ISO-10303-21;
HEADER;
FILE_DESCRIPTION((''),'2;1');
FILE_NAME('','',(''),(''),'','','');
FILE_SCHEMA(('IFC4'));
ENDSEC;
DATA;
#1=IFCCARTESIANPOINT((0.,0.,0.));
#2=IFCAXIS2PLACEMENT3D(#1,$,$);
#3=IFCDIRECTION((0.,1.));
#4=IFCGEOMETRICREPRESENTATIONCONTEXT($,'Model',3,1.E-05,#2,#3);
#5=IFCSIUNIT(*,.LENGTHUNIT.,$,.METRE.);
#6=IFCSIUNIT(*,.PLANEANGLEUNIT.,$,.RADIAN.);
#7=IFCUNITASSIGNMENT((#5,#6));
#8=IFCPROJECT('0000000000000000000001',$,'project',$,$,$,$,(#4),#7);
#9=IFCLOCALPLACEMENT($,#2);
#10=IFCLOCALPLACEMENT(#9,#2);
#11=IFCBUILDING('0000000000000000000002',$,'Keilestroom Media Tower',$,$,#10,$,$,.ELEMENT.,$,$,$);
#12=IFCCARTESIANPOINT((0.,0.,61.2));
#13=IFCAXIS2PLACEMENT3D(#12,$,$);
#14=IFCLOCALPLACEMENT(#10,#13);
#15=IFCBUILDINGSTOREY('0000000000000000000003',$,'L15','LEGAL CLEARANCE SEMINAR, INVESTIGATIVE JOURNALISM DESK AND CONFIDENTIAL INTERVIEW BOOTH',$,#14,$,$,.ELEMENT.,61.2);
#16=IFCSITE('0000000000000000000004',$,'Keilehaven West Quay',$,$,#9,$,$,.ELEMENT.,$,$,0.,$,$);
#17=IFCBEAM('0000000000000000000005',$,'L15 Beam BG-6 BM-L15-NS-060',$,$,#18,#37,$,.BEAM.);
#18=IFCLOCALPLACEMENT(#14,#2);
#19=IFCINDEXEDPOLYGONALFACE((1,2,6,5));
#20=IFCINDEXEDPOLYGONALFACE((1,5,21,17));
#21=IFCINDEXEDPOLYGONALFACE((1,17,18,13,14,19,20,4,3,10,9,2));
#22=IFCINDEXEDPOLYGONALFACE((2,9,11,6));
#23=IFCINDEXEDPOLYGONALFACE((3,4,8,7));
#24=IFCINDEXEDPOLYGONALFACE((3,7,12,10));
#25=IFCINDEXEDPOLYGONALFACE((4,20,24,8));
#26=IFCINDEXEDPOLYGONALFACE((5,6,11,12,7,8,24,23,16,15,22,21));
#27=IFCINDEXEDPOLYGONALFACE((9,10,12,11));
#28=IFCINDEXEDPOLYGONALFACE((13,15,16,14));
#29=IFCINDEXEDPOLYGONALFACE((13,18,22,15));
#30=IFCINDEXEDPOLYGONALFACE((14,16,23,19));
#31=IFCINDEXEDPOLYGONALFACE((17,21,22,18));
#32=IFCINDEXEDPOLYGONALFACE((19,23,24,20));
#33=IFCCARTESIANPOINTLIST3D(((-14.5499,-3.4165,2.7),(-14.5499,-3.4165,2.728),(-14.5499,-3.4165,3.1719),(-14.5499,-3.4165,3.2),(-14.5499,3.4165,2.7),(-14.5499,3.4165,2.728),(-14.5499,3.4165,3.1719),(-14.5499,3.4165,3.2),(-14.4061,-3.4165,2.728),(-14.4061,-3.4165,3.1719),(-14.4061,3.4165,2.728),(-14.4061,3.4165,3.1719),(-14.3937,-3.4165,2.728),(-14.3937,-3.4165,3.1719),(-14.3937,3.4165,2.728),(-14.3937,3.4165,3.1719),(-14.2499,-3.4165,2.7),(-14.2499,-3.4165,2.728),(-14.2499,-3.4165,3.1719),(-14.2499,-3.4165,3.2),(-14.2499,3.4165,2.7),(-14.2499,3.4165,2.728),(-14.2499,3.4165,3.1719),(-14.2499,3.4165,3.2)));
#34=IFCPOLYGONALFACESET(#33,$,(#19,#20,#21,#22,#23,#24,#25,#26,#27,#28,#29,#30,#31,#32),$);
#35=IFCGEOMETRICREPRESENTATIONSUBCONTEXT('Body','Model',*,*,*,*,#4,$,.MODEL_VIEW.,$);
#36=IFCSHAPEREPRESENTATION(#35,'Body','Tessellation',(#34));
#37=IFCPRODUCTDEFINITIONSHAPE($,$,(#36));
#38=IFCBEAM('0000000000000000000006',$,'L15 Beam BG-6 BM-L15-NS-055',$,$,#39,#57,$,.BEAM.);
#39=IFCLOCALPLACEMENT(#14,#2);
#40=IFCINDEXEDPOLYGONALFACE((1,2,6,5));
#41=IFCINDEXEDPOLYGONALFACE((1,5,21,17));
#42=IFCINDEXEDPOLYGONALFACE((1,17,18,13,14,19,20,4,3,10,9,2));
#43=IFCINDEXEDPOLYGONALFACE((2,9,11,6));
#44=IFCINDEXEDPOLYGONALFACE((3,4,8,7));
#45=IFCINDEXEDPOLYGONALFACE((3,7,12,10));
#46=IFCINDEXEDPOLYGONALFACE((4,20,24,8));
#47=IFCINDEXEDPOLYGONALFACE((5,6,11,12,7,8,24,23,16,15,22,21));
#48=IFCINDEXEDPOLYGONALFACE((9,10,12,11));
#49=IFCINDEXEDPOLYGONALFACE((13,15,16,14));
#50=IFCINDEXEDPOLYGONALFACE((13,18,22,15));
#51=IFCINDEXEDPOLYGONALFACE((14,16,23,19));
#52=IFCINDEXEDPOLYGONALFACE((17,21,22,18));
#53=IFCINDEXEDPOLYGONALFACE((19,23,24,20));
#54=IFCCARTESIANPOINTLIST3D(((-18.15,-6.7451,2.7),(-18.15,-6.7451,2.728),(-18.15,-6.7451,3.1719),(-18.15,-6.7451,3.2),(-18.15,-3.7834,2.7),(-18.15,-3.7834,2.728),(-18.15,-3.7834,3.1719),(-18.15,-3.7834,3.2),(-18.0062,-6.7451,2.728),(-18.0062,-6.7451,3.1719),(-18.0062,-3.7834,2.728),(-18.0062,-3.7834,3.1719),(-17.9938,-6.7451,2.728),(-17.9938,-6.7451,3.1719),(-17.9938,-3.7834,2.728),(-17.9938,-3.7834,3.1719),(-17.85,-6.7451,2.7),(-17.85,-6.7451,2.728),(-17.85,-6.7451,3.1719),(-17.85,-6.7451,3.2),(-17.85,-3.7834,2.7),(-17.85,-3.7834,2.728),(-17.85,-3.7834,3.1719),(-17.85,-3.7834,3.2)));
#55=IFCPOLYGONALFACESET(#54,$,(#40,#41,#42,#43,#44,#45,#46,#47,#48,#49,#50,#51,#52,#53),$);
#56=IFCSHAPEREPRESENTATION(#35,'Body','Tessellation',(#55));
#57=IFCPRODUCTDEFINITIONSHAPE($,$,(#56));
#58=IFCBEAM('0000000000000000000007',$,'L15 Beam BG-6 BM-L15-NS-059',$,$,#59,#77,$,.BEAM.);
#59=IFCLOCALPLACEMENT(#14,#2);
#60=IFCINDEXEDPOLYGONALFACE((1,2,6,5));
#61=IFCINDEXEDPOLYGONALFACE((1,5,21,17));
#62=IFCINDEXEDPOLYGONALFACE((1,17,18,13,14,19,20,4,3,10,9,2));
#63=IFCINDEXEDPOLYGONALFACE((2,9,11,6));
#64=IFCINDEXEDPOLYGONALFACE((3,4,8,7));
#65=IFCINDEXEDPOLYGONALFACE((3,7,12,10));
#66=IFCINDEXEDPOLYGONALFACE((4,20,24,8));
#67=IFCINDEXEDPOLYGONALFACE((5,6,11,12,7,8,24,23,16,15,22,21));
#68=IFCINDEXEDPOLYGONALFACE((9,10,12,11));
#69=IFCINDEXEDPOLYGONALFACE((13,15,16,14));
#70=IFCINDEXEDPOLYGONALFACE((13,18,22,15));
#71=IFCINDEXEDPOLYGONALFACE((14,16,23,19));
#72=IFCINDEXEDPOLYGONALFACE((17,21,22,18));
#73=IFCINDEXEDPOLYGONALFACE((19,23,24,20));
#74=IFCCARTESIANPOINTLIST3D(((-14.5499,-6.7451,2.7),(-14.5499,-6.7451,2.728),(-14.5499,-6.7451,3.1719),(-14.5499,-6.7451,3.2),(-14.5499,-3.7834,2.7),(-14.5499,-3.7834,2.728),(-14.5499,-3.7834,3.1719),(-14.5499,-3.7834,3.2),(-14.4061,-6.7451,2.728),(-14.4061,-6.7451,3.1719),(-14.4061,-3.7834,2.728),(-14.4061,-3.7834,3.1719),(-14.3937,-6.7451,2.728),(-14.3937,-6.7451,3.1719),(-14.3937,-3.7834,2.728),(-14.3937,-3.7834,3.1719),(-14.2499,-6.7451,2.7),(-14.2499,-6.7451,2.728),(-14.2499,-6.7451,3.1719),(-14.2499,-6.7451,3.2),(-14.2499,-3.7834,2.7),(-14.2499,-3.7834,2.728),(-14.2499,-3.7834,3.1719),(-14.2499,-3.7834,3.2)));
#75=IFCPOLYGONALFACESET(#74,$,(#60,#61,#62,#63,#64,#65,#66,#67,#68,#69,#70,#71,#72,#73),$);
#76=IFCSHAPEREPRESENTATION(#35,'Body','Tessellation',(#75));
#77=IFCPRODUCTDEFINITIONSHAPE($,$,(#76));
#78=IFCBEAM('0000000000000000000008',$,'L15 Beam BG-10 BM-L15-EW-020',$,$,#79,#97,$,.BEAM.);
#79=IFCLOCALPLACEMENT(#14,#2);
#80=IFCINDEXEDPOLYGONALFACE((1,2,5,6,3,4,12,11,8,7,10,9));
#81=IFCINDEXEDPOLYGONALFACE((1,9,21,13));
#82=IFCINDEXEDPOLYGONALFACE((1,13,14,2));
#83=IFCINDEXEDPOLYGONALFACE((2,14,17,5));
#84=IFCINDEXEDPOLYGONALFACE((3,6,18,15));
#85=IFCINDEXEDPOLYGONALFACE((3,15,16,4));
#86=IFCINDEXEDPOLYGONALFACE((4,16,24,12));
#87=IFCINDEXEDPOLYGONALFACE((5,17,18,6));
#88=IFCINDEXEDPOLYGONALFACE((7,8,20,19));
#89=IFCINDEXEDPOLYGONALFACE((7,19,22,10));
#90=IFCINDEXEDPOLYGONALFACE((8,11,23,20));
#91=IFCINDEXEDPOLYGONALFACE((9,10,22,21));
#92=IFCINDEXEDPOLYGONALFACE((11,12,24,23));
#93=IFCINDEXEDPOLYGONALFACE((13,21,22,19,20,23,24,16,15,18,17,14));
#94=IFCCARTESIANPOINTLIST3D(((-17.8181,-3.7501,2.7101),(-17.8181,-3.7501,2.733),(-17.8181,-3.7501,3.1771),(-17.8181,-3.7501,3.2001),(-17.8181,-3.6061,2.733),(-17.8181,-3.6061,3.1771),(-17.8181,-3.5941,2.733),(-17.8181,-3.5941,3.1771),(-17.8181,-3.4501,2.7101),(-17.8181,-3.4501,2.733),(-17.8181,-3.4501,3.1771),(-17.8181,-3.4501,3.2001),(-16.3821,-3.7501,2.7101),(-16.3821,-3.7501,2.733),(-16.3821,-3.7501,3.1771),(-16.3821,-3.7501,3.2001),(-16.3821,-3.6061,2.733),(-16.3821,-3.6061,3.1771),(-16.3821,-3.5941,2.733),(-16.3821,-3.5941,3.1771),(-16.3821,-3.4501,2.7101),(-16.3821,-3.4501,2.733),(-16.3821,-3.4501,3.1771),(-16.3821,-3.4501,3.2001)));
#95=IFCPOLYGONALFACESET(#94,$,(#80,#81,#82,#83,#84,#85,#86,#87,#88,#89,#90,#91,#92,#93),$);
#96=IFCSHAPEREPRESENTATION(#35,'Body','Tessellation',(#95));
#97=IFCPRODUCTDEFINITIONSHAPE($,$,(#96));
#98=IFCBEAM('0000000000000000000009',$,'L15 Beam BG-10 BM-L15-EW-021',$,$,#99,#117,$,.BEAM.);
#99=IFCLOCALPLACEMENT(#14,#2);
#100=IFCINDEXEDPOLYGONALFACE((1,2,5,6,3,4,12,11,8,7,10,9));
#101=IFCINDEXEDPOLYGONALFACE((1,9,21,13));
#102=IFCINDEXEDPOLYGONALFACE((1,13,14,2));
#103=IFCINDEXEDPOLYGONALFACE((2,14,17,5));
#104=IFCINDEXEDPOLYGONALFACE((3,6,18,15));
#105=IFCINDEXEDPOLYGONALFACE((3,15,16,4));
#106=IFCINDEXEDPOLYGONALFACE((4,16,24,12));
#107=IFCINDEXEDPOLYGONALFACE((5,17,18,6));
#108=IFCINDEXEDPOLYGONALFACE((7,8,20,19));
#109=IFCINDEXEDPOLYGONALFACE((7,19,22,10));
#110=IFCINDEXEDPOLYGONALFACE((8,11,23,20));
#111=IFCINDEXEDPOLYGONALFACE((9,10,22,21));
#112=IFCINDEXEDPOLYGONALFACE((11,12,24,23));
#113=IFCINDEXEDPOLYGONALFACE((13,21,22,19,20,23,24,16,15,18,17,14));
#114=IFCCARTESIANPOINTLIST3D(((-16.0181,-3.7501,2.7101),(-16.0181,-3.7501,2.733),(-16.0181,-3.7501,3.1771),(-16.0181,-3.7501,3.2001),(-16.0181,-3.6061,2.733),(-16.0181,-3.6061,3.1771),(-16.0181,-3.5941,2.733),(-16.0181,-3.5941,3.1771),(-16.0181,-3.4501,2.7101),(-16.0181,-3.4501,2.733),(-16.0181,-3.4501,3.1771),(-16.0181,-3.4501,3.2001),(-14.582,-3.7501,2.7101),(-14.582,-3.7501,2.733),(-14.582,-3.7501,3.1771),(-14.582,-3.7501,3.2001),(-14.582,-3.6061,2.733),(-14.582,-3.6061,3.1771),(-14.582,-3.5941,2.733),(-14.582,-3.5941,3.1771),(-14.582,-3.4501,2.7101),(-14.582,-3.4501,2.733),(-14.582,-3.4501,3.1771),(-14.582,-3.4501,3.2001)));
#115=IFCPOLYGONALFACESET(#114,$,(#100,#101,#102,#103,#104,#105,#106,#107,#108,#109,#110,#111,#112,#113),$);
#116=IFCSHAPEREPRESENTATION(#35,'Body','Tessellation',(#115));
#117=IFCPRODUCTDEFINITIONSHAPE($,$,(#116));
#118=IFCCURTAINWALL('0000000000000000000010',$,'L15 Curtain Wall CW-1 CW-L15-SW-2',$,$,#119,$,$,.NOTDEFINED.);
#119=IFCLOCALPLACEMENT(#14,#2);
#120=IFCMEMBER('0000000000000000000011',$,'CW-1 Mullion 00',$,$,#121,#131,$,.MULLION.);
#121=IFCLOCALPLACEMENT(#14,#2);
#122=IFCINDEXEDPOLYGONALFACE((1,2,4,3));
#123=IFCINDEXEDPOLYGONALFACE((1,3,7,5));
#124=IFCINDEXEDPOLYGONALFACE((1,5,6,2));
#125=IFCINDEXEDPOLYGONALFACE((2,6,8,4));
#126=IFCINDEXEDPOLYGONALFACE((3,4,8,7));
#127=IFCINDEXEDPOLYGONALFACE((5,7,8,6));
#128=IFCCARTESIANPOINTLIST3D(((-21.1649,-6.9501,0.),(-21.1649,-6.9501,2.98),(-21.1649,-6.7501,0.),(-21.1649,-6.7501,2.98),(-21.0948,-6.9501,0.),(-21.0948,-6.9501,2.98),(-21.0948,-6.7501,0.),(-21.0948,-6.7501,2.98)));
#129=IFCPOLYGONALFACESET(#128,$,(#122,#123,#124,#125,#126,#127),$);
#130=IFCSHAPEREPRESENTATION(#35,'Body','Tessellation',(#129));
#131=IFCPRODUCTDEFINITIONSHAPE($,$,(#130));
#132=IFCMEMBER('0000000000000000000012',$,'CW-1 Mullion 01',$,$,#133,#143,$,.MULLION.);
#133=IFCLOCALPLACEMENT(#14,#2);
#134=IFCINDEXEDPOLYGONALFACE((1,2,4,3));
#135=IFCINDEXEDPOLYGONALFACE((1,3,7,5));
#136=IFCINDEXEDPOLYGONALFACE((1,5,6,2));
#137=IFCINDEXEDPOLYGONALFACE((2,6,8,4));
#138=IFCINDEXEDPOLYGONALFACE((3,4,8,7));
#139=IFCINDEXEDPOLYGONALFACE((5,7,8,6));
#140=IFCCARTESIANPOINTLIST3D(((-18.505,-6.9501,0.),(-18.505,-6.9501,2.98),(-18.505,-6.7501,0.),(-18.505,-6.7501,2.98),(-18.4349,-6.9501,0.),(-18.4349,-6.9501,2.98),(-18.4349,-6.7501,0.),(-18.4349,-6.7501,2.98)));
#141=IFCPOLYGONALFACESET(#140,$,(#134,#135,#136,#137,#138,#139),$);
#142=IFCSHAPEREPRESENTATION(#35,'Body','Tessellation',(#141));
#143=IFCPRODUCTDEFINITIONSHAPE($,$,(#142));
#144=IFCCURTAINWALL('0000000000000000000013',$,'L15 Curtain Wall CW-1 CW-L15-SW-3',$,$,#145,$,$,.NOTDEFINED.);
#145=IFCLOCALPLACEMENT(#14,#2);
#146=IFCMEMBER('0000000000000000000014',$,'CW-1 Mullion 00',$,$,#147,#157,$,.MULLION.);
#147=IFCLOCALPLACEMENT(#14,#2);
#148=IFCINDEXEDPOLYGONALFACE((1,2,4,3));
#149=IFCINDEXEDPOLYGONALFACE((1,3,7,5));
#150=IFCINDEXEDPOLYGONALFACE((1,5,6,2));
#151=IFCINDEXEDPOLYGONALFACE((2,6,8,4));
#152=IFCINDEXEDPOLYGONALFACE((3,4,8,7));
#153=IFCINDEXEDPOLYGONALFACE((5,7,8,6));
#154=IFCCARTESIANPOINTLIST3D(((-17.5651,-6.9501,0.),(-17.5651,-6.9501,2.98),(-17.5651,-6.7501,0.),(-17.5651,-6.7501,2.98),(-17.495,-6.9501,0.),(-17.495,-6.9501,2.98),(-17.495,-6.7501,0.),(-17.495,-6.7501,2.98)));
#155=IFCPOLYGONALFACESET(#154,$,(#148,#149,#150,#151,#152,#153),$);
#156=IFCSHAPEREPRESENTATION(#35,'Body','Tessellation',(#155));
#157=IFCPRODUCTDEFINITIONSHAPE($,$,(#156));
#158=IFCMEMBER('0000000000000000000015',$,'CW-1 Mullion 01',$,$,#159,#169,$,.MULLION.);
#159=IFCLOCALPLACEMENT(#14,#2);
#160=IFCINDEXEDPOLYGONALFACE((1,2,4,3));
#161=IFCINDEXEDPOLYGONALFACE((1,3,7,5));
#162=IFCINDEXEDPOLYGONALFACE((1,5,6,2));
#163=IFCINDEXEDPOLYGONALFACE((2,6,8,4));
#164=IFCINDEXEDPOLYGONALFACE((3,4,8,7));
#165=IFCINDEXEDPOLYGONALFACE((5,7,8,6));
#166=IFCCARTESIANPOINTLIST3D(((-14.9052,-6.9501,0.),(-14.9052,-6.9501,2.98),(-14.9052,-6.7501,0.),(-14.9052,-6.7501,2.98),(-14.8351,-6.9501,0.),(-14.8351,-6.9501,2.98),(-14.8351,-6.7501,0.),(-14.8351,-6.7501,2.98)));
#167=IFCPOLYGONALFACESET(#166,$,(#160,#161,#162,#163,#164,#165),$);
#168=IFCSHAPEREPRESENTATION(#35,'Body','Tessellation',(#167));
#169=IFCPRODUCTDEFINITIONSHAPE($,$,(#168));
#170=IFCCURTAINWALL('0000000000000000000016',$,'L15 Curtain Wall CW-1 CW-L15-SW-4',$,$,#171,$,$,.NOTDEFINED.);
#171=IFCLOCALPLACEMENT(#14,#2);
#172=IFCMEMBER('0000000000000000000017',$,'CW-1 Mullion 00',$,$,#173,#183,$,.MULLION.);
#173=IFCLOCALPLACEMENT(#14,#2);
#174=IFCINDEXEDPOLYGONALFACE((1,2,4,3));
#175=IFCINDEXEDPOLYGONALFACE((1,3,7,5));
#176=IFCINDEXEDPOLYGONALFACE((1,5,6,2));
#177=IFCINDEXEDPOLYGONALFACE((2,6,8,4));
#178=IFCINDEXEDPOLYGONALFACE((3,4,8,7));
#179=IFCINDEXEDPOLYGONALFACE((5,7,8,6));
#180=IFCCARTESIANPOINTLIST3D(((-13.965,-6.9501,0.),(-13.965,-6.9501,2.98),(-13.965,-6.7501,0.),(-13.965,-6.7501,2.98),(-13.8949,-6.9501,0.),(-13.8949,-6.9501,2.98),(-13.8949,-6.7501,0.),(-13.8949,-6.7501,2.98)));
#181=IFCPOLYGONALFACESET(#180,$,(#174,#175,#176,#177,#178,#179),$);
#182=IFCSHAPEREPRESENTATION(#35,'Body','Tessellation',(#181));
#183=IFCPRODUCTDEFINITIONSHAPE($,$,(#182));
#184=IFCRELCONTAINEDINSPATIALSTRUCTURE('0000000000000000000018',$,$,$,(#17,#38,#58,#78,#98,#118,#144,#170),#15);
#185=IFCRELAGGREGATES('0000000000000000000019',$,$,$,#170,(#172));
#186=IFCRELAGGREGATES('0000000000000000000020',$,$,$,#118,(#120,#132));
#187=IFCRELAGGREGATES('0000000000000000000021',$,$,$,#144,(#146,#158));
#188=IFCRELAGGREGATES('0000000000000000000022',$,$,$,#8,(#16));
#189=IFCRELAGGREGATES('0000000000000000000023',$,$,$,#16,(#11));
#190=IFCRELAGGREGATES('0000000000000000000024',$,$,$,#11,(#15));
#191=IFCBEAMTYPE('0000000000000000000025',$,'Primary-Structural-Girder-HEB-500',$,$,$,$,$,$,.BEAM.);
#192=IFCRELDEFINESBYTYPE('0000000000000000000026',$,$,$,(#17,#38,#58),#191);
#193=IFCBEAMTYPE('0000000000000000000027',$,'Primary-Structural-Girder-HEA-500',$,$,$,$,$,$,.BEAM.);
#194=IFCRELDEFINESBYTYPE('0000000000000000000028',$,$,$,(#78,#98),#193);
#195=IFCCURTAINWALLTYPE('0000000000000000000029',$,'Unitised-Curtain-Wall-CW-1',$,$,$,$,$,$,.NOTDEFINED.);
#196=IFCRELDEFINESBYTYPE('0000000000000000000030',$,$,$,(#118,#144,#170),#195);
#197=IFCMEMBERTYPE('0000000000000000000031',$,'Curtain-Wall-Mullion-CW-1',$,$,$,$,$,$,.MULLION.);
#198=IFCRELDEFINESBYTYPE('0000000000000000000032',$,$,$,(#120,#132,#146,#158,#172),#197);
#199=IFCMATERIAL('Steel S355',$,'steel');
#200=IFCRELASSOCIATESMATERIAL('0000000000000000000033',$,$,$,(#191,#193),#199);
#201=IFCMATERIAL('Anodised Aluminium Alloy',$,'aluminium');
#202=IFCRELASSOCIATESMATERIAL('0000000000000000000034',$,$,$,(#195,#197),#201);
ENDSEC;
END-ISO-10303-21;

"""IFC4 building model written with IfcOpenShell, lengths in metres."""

from ifc_helpers import new_model, si_unit, direction, frame, origin, origin_2d, place, context, subcontext, project, spatial, rectangle, i_section, extrude, source, transform, mapped, material, material_profile, profile_set, type_object, element, aggregate, save


model = new_model("IFC4")

# Units and contexts
model_context = context("Model", 3, precision=1e-05, world=origin(), true_north=direction((0.0, 1.0)))
body_context = subcontext(model_context, "Body", "Model", "MODEL_VIEW")
ifc_project = project(units=[si_unit("LENGTHUNIT", "METRE"), si_unit("PLANEANGLEUNIT", "RADIAN")], contexts=[model_context])

# Site, building, storey
site_placement = place(None, origin())
site = spatial("IfcSite", under=ifc_project, at=site_placement, Name="Keilehaven West Quay", CompositionType="ELEMENT", RefElevation=0.0)
building_placement = place(site_placement, origin())
building = spatial("IfcBuilding", under=site, at=building_placement, Name="Keilestroom Media Tower", CompositionType="ELEMENT")
storey_placement = place(building_placement, frame((0.0, 0.0, 61.2)))
storey = spatial("IfcBuildingStorey", under=building, at=storey_placement, Name="L15", Description="LEGAL CLEARANCE SEMINAR, INVESTIGATIVE JOURNALISM DESK AND CONFIDENTIAL INTERVIEW BOOTH", CompositionType="ELEMENT", Elevation=61.2)

# Beams
ifc_material_1 = material(Name="Steel S355", Category="steel")
ifc_material_profile_1 = material_profile(ifc_material_1, i_section(OverallWidth=0.3, OverallDepth=0.5, WebThickness=0.0125, FlangeThickness=0.0281, at=origin_2d()), Name="HEB 500")
ifc_profile_set_1 = profile_set([ifc_material_profile_1], Name="Steel S355")
beam_type_1 = type_object("IfcBeamType", Name="Primary-Structural-Girder-HEB-500", PredefinedType="BEAM", material=ifc_profile_set_1)
shared_shape_1 = source(origin(), body_context, "Body", "SweptSolid", [
    extrude(i_section(OverallWidth=0.3, OverallDepth=0.5, WebThickness=0.0125, FlangeThickness=0.0281, at=origin_2d()), origin(), (0.0, 0.0, 1.0), 6.833),
])
for number, where, z_axis, x_axis, name in (
    (1, (-14.3999, -3.4165, 2.95), (0.0, 1.0, 0.0), (-1.0, 0.0, 0.0), "L15 Beam BG-6 BM-L15-NS-060"),
):
    element("IfcBeam", number, at=place(storey_placement, frame(where, z_axis=z_axis, x_axis=x_axis)), inside=storey, type_object=beam_type_1, Name=name, PredefinedType="BEAM", context=body_context, shape_type="MappedRepresentation", body=[
        mapped(shared_shape_1, transform((0.0, 0.0, 0.0), x_axis=(1.0, 0.0, 0.0), y_axis=(0.0, 1.0, 0.0), z_axis=(0.0, 0.0, 1.0), scale=1.0)),
    ])
shared_shape_2 = source(origin(), body_context, "Body", "SweptSolid", [
    extrude(i_section(OverallWidth=0.3, OverallDepth=0.5, WebThickness=0.0125, FlangeThickness=0.0281, at=origin_2d()), origin(), (0.0, 0.0, 1.0), 2.9617),
])
for number, where, z_axis, x_axis, name in (
    (2, (-18.0, -6.7451, 2.95), (0.0, 1.0, 0.0), (-1.0, 0.0, 0.0), "L15 Beam BG-6 BM-L15-NS-055"),
    (3, (-14.3999, -6.7451, 2.95), (0.0, 1.0, 0.0), (-1.0, 0.0, 0.0), "L15 Beam BG-6 BM-L15-NS-059"),
):
    element("IfcBeam", number, at=place(storey_placement, frame(where, z_axis=z_axis, x_axis=x_axis)), inside=storey, type_object=beam_type_1, Name=name, PredefinedType="BEAM", context=body_context, shape_type="MappedRepresentation", body=[
        mapped(shared_shape_2, transform((0.0, 0.0, 0.0), x_axis=(1.0, 0.0, 0.0), y_axis=(0.0, 1.0, 0.0), z_axis=(0.0, 0.0, 1.0), scale=1.0)),
    ])
ifc_material_profile_2 = material_profile(ifc_material_1, i_section(OverallWidth=0.3, OverallDepth=0.49, WebThickness=0.012, FlangeThickness=0.0229, at=origin_2d()), Name="HEA 500")
ifc_profile_set_2 = profile_set([ifc_material_profile_2], Name="Steel S355")
beam_type_2 = type_object("IfcBeamType", Name="Primary-Structural-Girder-HEA-500", PredefinedType="BEAM", material=ifc_profile_set_2)
shared_shape_3 = source(origin(), body_context, "Body", "SweptSolid", [
    extrude(i_section(OverallWidth=0.3, OverallDepth=0.49, WebThickness=0.012, FlangeThickness=0.0229, at=origin_2d()), origin(), (0.0, 0.0, 1.0), 1.436),
])
for number, where, z_axis, x_axis, name in (
    (4, (-17.8181, -3.6001, 2.9551), (1.0, 0.0, 0.0), (0.0, 1.0, 0.0), "L15 Beam BG-10 BM-L15-EW-020"),
    (5, (-16.0181, -3.6001, 2.9551), (1.0, 0.0, 0.0), (0.0, 1.0, 0.0), "L15 Beam BG-10 BM-L15-EW-021"),
):
    element("IfcBeam", number, at=place(storey_placement, frame(where, z_axis=z_axis, x_axis=x_axis)), inside=storey, type_object=beam_type_2, Name=name, PredefinedType="BEAM", context=body_context, shape_type="MappedRepresentation", body=[
        mapped(shared_shape_3, transform((0.0, 0.0, 0.0), x_axis=(1.0, 0.0, 0.0), y_axis=(0.0, 1.0, 0.0), z_axis=(0.0, 0.0, 1.0), scale=1.0)),
    ])

# Curtain walls, members
ifc_material_2 = material(Name="Anodised Aluminium Alloy", Category="aluminium")
curtain_wall_type = type_object("IfcCurtainWallType", Name="Unitised-Curtain-Wall-CW-1", PredefinedType="NOTDEFINED", material=ifc_material_2)
curtain_wall_1_placement = place(storey_placement, origin())
curtain_wall_1 = element("IfcCurtainWall", 6, at=curtain_wall_1_placement, inside=storey, type_object=curtain_wall_type, Name="L15 Curtain Wall CW-1 CW-L15-SW-2", PredefinedType="NOTDEFINED")
ifc_material_profile_3 = material_profile(ifc_material_2, rectangle(XDim=0.0701, YDim=0.2, at=origin_2d()), Name="ALU MULLION 70x200")
ifc_profile_set_3 = profile_set([ifc_material_profile_3], Name="Anodised Aluminium Alloy")
member_type_1 = type_object("IfcMemberType", Name="Curtain-Wall-Mullion-CW-1", PredefinedType="MULLION", material=ifc_profile_set_3)
shared_shape_4 = source(origin(), body_context, "Body", "SweptSolid", [
    extrude(rectangle(XDim=0.0701, YDim=0.2, at=origin_2d()), origin(), (0.0, 0.0, 1.0), 2.98),
])
member_1_placement = place(storey_placement, frame((-21.1299, -6.8501, 0.0), z_axis=(0.0, 0.0, 1.0), x_axis=(1.0, 0.0, 0.0)))
member_1 = element("IfcMember", 7, at=member_1_placement, type_object=member_type_1, Name="CW-1 Mullion 00", PredefinedType="MULLION", context=body_context, shape_type="MappedRepresentation", body=[
    mapped(shared_shape_4, transform((0.0, 0.0, 0.0), x_axis=(1.0, 0.0, 0.0), y_axis=(0.0, 1.0, 0.0), z_axis=(0.0, 0.0, 1.0), scale=1.0)),
])
member_2_placement = place(storey_placement, frame((-18.47, -6.8501, 0.0), z_axis=(0.0, 0.0, 1.0), x_axis=(1.0, 0.0, 0.0)))
member_2 = element("IfcMember", 8, at=member_2_placement, type_object=member_type_1, Name="CW-1 Mullion 01", PredefinedType="MULLION", context=body_context, shape_type="MappedRepresentation", body=[
    mapped(shared_shape_4, transform((0.0, 0.0, 0.0), x_axis=(1.0, 0.0, 0.0), y_axis=(0.0, 1.0, 0.0), z_axis=(0.0, 0.0, 1.0), scale=1.0)),
])
curtain_wall_2_placement = place(storey_placement, origin())
curtain_wall_2 = element("IfcCurtainWall", 9, at=curtain_wall_2_placement, inside=storey, type_object=curtain_wall_type, Name="L15 Curtain Wall CW-1 CW-L15-SW-3", PredefinedType="NOTDEFINED")
member_3_placement = place(storey_placement, frame((-17.53, -6.8501, 0.0), z_axis=(0.0, 0.0, 1.0), x_axis=(1.0, 0.0, 0.0)))
member_3 = element("IfcMember", 10, at=member_3_placement, type_object=member_type_1, Name="CW-1 Mullion 00", PredefinedType="MULLION", context=body_context, shape_type="MappedRepresentation", body=[
    mapped(shared_shape_4, transform((0.0, 0.0, 0.0), x_axis=(1.0, 0.0, 0.0), y_axis=(0.0, 1.0, 0.0), z_axis=(0.0, 0.0, 1.0), scale=1.0)),
])
member_4_placement = place(storey_placement, frame((-14.8701, -6.8501, 0.0), z_axis=(0.0, 0.0, 1.0), x_axis=(1.0, 0.0, 0.0)))
member_4 = element("IfcMember", 11, at=member_4_placement, type_object=member_type_1, Name="CW-1 Mullion 01", PredefinedType="MULLION", context=body_context, shape_type="MappedRepresentation", body=[
    mapped(shared_shape_4, transform((0.0, 0.0, 0.0), x_axis=(1.0, 0.0, 0.0), y_axis=(0.0, 1.0, 0.0), z_axis=(0.0, 0.0, 1.0), scale=1.0)),
])

# Curtain wall, member
curtain_wall_3_placement = place(storey_placement, origin())
curtain_wall_3 = element("IfcCurtainWall", 12, at=curtain_wall_3_placement, inside=storey, type_object=curtain_wall_type, Name="L15 Curtain Wall CW-1 CW-L15-SW-4", PredefinedType="NOTDEFINED")
member_5_placement = place(storey_placement, frame((-13.9299, -6.8501, 0.0), z_axis=(0.0, 0.0, 1.0), x_axis=(1.0, 0.0, 0.0)))
member_5 = element("IfcMember", 13, at=member_5_placement, type_object=member_type_1, Name="CW-1 Mullion 00", PredefinedType="MULLION", context=body_context, shape_type="MappedRepresentation", body=[
    mapped(shared_shape_4, transform((0.0, 0.0, 0.0), x_axis=(1.0, 0.0, 0.0), y_axis=(0.0, 1.0, 0.0), z_axis=(0.0, 0.0, 1.0), scale=1.0)),
])

aggregate(curtain_wall_3, [member_5])

aggregate(curtain_wall_1, [member_1, member_2])
aggregate(curtain_wall_2, [member_3, member_4])

save(model, "model.ifc")
